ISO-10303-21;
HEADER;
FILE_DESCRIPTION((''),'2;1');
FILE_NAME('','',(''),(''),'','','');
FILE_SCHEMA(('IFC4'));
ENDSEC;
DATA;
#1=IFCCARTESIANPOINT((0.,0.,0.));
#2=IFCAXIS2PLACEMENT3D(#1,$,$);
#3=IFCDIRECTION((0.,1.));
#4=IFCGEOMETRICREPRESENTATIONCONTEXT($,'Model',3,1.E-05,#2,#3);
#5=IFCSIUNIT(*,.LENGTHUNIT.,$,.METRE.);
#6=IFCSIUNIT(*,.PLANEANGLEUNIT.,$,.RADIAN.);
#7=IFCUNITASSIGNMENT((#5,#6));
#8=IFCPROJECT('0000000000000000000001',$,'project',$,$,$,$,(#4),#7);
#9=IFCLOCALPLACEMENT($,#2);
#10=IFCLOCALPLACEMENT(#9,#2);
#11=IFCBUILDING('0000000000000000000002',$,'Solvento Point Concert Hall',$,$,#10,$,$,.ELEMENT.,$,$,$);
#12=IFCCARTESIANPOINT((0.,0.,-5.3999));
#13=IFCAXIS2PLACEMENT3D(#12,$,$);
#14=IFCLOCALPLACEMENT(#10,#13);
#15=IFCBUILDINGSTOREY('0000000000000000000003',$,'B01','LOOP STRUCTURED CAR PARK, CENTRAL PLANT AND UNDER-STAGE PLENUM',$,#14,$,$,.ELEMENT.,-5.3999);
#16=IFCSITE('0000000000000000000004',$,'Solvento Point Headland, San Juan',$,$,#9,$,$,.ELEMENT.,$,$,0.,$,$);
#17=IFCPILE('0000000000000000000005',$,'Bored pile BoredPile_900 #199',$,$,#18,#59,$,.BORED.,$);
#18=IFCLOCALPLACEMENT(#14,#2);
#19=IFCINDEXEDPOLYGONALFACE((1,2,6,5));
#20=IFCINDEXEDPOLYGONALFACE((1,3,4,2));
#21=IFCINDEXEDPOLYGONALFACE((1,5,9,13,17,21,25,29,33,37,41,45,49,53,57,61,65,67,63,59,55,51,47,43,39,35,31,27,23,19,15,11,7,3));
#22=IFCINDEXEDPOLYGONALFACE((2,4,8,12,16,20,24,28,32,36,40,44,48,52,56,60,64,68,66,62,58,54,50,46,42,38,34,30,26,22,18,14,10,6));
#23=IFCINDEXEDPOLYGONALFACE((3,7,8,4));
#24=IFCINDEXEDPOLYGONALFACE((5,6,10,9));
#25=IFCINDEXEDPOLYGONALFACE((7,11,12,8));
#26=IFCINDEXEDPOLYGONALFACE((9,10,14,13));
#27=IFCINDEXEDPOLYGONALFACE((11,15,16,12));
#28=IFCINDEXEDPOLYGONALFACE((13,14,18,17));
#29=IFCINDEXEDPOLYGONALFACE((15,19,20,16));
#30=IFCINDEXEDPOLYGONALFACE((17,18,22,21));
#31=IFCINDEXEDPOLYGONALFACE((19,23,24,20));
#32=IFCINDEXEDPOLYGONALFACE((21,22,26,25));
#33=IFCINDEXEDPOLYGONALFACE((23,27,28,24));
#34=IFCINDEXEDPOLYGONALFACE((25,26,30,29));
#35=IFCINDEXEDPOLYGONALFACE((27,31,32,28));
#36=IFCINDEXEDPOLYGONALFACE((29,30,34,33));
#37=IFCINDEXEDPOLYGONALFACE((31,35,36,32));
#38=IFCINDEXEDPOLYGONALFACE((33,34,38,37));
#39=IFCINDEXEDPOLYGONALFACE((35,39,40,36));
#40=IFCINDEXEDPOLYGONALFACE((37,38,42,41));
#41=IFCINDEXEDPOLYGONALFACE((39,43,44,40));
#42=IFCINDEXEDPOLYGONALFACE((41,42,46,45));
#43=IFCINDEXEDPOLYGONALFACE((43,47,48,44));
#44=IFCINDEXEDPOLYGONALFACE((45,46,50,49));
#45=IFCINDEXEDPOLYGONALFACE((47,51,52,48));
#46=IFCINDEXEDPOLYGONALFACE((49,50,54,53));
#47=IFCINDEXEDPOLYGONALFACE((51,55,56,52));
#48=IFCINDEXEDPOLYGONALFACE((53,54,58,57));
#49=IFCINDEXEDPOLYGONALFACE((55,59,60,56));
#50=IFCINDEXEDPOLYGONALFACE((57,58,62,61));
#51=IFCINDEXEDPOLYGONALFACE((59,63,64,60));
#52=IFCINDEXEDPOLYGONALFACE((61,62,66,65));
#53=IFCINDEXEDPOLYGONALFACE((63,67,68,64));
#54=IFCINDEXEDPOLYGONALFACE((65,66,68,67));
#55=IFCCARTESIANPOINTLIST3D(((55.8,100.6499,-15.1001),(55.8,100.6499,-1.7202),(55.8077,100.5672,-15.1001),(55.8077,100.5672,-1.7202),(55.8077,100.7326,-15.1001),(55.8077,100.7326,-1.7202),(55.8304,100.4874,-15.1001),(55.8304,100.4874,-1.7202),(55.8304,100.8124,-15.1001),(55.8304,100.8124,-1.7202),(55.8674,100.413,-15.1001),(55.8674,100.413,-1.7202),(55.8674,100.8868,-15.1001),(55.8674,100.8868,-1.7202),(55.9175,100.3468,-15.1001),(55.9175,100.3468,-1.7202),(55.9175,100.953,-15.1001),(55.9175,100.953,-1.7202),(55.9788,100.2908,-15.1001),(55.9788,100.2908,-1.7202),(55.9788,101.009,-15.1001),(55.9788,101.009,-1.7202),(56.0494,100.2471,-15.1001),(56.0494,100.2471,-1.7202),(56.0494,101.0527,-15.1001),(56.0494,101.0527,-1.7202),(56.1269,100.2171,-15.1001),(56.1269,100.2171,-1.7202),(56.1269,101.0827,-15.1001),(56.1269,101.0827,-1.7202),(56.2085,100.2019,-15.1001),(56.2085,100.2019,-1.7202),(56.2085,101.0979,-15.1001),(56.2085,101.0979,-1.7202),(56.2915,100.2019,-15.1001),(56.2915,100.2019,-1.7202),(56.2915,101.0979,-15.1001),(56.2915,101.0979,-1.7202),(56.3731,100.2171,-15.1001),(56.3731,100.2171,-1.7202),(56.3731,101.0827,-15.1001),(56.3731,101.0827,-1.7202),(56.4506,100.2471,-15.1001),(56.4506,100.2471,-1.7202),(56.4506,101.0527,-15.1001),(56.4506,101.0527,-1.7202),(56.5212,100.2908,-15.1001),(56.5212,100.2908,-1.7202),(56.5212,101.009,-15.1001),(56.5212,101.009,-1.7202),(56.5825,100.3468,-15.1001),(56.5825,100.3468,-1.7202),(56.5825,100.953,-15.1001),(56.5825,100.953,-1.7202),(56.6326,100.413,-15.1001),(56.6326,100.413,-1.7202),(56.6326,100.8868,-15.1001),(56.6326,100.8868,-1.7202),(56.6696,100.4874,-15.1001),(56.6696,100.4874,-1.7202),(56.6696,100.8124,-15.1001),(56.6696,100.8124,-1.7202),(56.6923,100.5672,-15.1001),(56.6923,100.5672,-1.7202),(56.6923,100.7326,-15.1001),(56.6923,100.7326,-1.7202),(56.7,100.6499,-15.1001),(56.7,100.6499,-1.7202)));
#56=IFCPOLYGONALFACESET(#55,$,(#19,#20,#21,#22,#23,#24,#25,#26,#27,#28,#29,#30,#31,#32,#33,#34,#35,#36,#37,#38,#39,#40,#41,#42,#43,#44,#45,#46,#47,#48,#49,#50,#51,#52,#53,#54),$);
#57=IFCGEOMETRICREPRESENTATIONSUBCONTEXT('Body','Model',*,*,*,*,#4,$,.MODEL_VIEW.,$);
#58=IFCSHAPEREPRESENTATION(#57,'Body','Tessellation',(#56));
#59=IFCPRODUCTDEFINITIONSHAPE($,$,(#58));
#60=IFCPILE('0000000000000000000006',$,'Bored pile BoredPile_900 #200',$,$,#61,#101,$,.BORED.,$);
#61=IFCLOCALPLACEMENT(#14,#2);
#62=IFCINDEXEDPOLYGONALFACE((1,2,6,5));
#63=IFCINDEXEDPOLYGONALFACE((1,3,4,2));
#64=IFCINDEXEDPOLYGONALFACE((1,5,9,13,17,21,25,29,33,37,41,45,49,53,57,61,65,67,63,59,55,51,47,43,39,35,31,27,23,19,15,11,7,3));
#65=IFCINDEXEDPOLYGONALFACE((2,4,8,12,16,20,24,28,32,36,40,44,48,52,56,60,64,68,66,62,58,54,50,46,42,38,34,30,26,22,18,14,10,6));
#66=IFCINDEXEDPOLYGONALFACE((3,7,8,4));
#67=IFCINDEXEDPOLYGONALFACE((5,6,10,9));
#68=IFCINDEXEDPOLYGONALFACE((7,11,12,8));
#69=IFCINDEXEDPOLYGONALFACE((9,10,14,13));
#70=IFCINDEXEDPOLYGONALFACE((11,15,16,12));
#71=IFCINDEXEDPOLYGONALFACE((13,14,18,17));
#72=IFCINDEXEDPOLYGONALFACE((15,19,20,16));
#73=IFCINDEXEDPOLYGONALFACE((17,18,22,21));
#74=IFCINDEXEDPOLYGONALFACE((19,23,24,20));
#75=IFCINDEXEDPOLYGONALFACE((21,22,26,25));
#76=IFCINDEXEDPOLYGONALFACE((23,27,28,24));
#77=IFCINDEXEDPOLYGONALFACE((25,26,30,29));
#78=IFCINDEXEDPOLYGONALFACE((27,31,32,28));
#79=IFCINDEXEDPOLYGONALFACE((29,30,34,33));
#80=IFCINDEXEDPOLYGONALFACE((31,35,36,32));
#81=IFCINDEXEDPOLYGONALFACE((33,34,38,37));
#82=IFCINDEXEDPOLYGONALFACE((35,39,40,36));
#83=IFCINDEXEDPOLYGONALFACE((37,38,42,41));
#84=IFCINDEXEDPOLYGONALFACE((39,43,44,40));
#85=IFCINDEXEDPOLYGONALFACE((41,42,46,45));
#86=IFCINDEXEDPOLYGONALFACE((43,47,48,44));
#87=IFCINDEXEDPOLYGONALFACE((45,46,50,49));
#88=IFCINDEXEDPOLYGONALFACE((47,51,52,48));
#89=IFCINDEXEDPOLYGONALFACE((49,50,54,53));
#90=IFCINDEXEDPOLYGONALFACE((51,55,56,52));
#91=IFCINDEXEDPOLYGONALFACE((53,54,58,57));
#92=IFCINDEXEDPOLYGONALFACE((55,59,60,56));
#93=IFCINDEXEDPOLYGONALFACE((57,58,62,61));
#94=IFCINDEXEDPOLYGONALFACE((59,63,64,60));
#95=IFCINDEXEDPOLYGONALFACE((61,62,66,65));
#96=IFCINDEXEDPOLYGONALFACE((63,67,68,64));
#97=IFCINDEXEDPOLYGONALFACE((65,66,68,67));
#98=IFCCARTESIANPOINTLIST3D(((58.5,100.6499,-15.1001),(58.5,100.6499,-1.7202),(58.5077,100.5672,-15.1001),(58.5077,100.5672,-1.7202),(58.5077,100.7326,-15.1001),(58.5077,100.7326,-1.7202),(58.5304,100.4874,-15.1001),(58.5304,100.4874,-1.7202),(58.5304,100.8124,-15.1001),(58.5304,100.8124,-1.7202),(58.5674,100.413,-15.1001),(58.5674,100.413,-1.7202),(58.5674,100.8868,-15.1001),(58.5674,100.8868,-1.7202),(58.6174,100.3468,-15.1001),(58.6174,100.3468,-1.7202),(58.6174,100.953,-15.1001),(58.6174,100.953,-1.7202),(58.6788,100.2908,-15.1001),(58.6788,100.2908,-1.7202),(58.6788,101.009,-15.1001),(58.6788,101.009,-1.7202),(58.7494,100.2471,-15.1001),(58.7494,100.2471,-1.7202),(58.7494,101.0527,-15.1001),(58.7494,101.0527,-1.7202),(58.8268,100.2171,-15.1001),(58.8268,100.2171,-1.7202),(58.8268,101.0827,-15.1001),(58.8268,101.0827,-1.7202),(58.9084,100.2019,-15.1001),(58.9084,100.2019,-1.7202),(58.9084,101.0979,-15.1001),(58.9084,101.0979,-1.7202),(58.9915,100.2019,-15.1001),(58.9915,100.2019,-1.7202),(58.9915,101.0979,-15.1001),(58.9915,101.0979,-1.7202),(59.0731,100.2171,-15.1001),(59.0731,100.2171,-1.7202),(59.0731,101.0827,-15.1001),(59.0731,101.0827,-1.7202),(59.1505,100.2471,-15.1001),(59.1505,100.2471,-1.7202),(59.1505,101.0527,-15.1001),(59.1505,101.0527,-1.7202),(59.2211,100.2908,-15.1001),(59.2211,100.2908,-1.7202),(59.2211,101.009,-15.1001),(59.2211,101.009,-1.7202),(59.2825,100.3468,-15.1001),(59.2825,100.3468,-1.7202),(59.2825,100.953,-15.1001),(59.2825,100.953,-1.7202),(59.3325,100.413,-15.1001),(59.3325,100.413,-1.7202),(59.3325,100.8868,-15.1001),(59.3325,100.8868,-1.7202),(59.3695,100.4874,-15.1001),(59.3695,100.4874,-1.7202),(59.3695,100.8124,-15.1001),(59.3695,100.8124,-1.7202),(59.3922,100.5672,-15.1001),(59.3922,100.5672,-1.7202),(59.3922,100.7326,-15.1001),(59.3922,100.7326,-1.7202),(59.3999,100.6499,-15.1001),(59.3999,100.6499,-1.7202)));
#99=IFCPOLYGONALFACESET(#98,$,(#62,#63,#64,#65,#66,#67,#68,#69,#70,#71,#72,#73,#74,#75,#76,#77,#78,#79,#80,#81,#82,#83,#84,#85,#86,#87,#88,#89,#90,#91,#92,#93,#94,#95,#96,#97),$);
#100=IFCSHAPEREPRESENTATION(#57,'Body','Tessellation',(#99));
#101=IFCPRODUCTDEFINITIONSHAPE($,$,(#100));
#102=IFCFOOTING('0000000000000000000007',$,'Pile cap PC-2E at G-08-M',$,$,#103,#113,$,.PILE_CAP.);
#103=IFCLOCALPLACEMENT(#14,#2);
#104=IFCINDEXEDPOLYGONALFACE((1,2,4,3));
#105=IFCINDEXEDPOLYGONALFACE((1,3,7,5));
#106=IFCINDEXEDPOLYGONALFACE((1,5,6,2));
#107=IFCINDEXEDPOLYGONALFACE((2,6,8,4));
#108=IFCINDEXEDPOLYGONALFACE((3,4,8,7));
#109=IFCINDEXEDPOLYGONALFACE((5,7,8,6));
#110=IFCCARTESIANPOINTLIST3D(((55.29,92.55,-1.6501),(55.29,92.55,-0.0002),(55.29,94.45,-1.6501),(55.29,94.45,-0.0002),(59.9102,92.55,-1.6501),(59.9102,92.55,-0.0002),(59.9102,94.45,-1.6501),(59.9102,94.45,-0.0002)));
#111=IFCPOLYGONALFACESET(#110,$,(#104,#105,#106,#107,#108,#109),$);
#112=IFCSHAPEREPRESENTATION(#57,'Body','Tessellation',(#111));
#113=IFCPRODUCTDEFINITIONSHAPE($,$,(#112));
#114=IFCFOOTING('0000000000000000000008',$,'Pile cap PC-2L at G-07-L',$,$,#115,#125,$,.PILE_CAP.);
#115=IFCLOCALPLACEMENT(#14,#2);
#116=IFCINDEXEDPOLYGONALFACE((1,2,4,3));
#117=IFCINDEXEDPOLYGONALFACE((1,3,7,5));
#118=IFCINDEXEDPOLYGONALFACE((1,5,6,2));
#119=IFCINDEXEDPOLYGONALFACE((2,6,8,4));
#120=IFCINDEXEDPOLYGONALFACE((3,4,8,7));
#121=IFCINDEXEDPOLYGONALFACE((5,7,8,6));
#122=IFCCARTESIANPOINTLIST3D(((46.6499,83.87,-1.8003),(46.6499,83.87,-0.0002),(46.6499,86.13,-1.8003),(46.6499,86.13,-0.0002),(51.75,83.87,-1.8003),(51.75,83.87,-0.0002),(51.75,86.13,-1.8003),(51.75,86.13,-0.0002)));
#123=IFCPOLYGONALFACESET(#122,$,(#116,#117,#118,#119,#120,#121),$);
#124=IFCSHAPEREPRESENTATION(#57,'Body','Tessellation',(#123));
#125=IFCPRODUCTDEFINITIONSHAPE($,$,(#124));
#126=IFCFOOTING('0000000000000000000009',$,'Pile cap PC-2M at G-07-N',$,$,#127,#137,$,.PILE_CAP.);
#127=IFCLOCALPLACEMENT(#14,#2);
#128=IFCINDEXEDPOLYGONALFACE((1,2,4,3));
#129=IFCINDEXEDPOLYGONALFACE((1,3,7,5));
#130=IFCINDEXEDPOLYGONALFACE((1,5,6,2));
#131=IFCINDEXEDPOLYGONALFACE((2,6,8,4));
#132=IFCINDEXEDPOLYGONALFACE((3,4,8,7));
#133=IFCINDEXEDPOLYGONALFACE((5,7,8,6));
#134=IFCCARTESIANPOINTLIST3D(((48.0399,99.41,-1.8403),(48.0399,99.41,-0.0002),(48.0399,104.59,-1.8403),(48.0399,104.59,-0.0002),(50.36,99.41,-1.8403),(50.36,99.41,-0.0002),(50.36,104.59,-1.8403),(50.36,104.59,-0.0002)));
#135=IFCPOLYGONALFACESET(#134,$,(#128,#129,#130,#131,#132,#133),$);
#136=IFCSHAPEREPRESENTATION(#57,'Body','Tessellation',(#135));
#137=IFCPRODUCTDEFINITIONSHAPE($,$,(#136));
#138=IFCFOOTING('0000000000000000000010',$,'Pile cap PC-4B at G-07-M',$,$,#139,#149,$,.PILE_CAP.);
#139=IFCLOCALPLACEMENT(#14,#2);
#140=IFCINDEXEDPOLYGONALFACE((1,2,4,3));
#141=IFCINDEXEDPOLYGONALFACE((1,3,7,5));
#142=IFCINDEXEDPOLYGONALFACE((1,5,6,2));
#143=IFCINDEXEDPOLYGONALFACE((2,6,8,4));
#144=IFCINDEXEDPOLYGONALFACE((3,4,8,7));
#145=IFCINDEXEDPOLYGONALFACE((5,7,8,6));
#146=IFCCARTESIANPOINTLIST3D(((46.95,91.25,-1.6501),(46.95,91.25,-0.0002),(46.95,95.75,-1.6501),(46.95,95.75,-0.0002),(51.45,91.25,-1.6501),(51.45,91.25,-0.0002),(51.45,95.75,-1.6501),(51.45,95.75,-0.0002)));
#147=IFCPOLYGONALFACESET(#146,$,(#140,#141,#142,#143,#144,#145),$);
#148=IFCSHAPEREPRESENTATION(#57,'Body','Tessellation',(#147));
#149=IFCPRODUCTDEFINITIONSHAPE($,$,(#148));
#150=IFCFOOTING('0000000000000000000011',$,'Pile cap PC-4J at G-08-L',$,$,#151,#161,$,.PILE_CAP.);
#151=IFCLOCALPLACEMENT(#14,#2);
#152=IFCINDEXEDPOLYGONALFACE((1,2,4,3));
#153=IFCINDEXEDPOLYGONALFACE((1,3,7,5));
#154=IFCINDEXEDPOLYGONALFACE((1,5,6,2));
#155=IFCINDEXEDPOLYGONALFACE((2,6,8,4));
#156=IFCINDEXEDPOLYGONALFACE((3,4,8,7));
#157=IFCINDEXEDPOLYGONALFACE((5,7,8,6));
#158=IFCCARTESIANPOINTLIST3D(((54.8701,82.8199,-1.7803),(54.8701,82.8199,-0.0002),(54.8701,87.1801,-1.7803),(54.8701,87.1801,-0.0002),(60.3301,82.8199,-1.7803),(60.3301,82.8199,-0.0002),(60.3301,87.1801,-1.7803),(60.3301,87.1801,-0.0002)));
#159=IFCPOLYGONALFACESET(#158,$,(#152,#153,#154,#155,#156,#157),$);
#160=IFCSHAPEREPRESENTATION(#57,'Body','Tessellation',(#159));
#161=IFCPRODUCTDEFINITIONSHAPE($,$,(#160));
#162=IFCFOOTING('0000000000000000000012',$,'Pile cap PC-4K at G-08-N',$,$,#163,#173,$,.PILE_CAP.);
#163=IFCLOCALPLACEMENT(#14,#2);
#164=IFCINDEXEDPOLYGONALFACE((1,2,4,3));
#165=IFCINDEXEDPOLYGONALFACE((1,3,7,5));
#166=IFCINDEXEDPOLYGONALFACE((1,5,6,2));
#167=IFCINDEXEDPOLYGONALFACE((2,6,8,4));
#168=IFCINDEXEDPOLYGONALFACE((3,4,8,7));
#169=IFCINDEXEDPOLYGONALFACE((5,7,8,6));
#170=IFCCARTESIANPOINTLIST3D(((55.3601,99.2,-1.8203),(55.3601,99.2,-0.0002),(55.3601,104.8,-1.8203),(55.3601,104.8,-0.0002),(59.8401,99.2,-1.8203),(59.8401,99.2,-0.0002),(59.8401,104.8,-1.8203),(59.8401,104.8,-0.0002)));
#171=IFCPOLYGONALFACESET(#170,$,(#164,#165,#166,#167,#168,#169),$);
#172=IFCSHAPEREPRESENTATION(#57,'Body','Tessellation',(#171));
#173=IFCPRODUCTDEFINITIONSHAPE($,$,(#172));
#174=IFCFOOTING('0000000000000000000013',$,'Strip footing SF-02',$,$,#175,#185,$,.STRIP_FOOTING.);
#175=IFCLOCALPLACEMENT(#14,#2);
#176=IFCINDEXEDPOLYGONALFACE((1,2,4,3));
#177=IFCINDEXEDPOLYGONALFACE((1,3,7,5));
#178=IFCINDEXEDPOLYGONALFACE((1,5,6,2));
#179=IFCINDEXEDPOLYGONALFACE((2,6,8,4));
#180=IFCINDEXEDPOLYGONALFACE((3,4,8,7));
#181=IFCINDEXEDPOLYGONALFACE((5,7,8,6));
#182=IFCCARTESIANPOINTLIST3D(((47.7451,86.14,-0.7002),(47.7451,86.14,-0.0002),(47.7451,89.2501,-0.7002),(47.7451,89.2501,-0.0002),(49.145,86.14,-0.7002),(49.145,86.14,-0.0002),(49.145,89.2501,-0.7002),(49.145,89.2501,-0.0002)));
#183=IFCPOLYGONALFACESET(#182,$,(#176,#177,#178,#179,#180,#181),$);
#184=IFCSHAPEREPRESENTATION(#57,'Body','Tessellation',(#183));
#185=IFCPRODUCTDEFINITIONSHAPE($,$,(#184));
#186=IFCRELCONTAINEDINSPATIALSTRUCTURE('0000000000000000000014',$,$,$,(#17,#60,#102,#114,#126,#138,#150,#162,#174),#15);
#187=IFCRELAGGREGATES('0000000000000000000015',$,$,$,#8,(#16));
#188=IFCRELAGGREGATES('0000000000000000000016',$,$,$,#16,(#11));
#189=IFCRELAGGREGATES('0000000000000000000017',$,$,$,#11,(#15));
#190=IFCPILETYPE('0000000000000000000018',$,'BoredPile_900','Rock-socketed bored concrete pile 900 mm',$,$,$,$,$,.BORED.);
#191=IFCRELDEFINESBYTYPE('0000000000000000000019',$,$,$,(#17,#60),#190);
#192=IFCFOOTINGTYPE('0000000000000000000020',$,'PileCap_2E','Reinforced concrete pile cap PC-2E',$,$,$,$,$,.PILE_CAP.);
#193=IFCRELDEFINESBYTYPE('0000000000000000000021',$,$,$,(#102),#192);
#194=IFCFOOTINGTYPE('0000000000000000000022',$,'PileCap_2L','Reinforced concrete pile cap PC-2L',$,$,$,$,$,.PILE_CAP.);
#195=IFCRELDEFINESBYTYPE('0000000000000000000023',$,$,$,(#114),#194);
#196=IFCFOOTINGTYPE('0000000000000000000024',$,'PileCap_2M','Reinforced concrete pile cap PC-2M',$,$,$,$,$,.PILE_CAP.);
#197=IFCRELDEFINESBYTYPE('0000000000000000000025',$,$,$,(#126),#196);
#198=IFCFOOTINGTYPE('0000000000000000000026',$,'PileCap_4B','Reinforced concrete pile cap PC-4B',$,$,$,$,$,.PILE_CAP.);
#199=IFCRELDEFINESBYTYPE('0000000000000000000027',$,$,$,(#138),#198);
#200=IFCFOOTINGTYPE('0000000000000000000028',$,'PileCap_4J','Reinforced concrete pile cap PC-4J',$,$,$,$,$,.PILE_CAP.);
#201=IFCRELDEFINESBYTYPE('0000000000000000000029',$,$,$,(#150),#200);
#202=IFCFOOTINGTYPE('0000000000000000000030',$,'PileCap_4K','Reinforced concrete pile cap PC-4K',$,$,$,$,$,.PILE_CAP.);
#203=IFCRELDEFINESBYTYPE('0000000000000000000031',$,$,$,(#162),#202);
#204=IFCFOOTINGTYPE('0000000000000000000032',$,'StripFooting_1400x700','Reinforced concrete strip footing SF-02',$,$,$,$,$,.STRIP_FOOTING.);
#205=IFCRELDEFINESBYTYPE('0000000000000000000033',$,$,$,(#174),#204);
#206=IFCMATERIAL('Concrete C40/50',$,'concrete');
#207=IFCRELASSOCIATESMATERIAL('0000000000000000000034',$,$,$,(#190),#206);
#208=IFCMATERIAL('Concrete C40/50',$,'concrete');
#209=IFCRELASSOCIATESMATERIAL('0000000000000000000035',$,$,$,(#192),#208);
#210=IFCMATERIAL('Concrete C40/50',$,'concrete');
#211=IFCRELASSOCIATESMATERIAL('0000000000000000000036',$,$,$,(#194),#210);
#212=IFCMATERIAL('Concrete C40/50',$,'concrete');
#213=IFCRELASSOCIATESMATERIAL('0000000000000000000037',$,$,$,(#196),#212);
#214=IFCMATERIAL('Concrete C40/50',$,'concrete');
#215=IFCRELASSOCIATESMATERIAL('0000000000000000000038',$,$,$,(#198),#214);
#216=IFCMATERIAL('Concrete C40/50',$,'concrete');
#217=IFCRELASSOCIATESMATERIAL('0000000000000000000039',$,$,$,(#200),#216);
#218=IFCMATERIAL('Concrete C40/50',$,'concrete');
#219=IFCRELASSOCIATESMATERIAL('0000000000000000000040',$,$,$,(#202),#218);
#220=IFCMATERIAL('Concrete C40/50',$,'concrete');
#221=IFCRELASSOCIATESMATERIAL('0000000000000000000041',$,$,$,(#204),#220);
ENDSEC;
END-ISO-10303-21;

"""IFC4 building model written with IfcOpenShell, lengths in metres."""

from ifc_helpers import new_model, si_unit, direction, frame, origin, origin_2d, place, context, subcontext, project, spatial, rectangle, circle, extrude, material, material_profile, profile_set, type_object, element, save


model = new_model("IFC4")

# Units and contexts
model_context = context("Model", 3, precision=1e-05, world=origin(), true_north=direction((0.0, 1.0)))
body_context = subcontext(model_context, "Body", "Model", "MODEL_VIEW")
ifc_project = project(units=[si_unit("LENGTHUNIT", "METRE"), si_unit("PLANEANGLEUNIT", "RADIAN")], contexts=[model_context])

# Site, building, storey
site_placement = place(None, origin())
site = spatial("IfcSite", under=ifc_project, at=site_placement, Name="Solvento Point Headland, San Juan", CompositionType="ELEMENT", RefElevation=0.0)
building_placement = place(site_placement, origin())
building = spatial("IfcBuilding", under=site, at=building_placement, Name="Solvento Point Concert Hall", CompositionType="ELEMENT")
storey_placement = place(building_placement, frame((0.0, 0.0, -5.3999)))
storey = spatial("IfcBuildingStorey", under=building, at=storey_placement, Name="B01", Description="LOOP STRUCTURED CAR PARK, CENTRAL PLANT AND UNDER-STAGE PLENUM", CompositionType="ELEMENT", Elevation=-5.3999)

# Piles
ifc_material_1 = material(Name="Concrete C40/50", Category="concrete")
ifc_material_profile_1 = material_profile(ifc_material_1, circle(Radius=0.45, at=origin_2d()), Name="BP-900")
ifc_profile_set_1 = profile_set([ifc_material_profile_1], Name="Concrete C40/50")
pile_type = type_object("IfcPileType", Name="BoredPile_900", Description="Rock-socketed bored concrete pile 900 mm", PredefinedType="BORED", material=ifc_profile_set_1)
for number, where, z_axis, x_axis, name in (
    (1, (56.25, 100.6499, -1.7202), (0.0, 0.0, -1.0), (1.0, 0.0, 0.0), "Bored pile BoredPile_900 #199"),
    (2, (58.95, 100.6499, -1.7202), (0.0, 0.0, -1.0), (1.0, 0.0, 0.0), "Bored pile BoredPile_900 #200"),
):
    element("IfcPile", number, at=place(storey_placement, frame(where, z_axis=z_axis, x_axis=x_axis)), inside=storey, type_object=pile_type, Name=name, PredefinedType="BORED", context=body_context, shape_type="SweptSolid", body=[
        extrude(circle(Radius=0.45, at=origin_2d()), origin(), (0.0, 0.0, 1.0), 13.3799),
    ])

# Footings
ifc_material_2 = material(Name="Concrete C40/50", Category="concrete")
footing_type_1 = type_object("IfcFootingType", Name="PileCap_2E", Description="Reinforced concrete pile cap PC-2E", PredefinedType="PILE_CAP", material=ifc_material_2)
footing_1_placement = place(storey_placement, frame((57.6001, 93.5, -1.6501), z_axis=(0.0, 0.0, 1.0), x_axis=(1.0, 0.0, 0.0)))
element("IfcFooting", 3, at=footing_1_placement, inside=storey, type_object=footing_type_1, Name="Pile cap PC-2E at G-08-M", PredefinedType="PILE_CAP", context=body_context, shape_type="SweptSolid", body=[
    extrude(rectangle(XDim=4.6201, YDim=1.8999, at=origin_2d()), origin(), (0.0, 0.0, 1.0), 1.6499),
])
ifc_material_3 = material(Name="Concrete C40/50", Category="concrete")
footing_type_2 = type_object("IfcFootingType", Name="PileCap_2L", Description="Reinforced concrete pile cap PC-2L", PredefinedType="PILE_CAP", material=ifc_material_3)
footing_2_placement = place(storey_placement, frame((49.2, 85.0, -1.8003), z_axis=(0.0, 0.0, 1.0), x_axis=(1.0, 0.0, 0.0)))
element("IfcFooting", 4, at=footing_2_placement, inside=storey, type_object=footing_type_2, Name="Pile cap PC-2L at G-07-L", PredefinedType="PILE_CAP", context=body_context, shape_type="SweptSolid", body=[
    extrude(rectangle(XDim=5.1001, YDim=2.26, at=origin_2d()), origin(), (0.0, 0.0, 1.0), 1.8),
])
ifc_material_4 = material(Name="Concrete C40/50", Category="concrete")
footing_type_3 = type_object("IfcFootingType", Name="PileCap_2M", Description="Reinforced concrete pile cap PC-2M", PredefinedType="PILE_CAP", material=ifc_material_4)
footing_3_placement = place(storey_placement, frame((49.2, 102.0, -1.8403), z_axis=(0.0, 0.0, 1.0), x_axis=(1.0, 0.0, 0.0)))
element("IfcFooting", 5, at=footing_3_placement, inside=storey, type_object=footing_type_3, Name="Pile cap PC-2M at G-07-N", PredefinedType="PILE_CAP", context=body_context, shape_type="SweptSolid", body=[
    extrude(rectangle(XDim=2.3201, YDim=5.1799, at=origin_2d()), origin(), (0.0, 0.0, 1.0), 1.8401),
])
ifc_material_5 = material(Name="Concrete C40/50", Category="concrete")
footing_type_4 = type_object("IfcFootingType", Name="PileCap_4B", Description="Reinforced concrete pile cap PC-4B", PredefinedType="PILE_CAP", material=ifc_material_5)
footing_4_placement = place(storey_placement, frame((49.2, 93.5, -1.6501), z_axis=(0.0, 0.0, 1.0), x_axis=(1.0, 0.0, 0.0)))
element("IfcFooting", 6, at=footing_4_placement, inside=storey, type_object=footing_type_4, Name="Pile cap PC-4B at G-07-M", PredefinedType="PILE_CAP", context=body_context, shape_type="SweptSolid", body=[
    extrude(rectangle(XDim=4.5, YDim=4.5, at=origin_2d()), origin(), (0.0, 0.0, 1.0), 1.6499),
])
ifc_material_6 = material(Name="Concrete C40/50", Category="concrete")
footing_type_5 = type_object("IfcFootingType", Name="PileCap_4J", Description="Reinforced concrete pile cap PC-4J", PredefinedType="PILE_CAP", material=ifc_material_6)
footing_5_placement = place(storey_placement, frame((57.6001, 85.0, -1.7803), z_axis=(0.0, 0.0, 1.0), x_axis=(1.0, 0.0, 0.0)))
element("IfcFooting", 7, at=footing_5_placement, inside=storey, type_object=footing_type_5, Name="Pile cap PC-4J at G-08-L", PredefinedType="PILE_CAP", context=body_context, shape_type="SweptSolid", body=[
    extrude(rectangle(XDim=5.46, YDim=4.3601, at=origin_2d()), origin(), (0.0, 0.0, 1.0), 1.78),
])
ifc_material_7 = material(Name="Concrete C40/50", Category="concrete")
footing_type_6 = type_object("IfcFootingType", Name="PileCap_4K", Description="Reinforced concrete pile cap PC-4K", PredefinedType="PILE_CAP", material=ifc_material_7)
footing_6_placement = place(storey_placement, frame((57.6001, 102.0, -1.8203), z_axis=(0.0, 0.0, 1.0), x_axis=(1.0, 0.0, 0.0)))
element("IfcFooting", 8, at=footing_6_placement, inside=storey, type_object=footing_type_6, Name="Pile cap PC-4K at G-08-N", PredefinedType="PILE_CAP", context=body_context, shape_type="SweptSolid", body=[
    extrude(rectangle(XDim=4.48, YDim=5.6001, at=origin_2d()), origin(), (0.0, 0.0, 1.0), 1.8201),
])
ifc_material_8 = material(Name="Concrete C40/50", Category="concrete")
footing_type_7 = type_object("IfcFootingType", Name="StripFooting_1400x700", Description="Reinforced concrete strip footing SF-02", PredefinedType="STRIP_FOOTING", material=ifc_material_8)
footing_7_placement = place(storey_placement, frame((48.4451, 87.6951, -0.7002), z_axis=(0.0, 0.0, 1.0), x_axis=(0.0, 1.0, 0.0)))
element("IfcFooting", 9, at=footing_7_placement, inside=storey, type_object=footing_type_7, Name="Strip footing SF-02", PredefinedType="STRIP_FOOTING", context=body_context, shape_type="SweptSolid", body=[
    extrude(rectangle(XDim=3.1101, YDim=1.3999, at=origin_2d()), origin(), (0.0, 0.0, 1.0), 0.7),
])

save(model, "model.ifc")
